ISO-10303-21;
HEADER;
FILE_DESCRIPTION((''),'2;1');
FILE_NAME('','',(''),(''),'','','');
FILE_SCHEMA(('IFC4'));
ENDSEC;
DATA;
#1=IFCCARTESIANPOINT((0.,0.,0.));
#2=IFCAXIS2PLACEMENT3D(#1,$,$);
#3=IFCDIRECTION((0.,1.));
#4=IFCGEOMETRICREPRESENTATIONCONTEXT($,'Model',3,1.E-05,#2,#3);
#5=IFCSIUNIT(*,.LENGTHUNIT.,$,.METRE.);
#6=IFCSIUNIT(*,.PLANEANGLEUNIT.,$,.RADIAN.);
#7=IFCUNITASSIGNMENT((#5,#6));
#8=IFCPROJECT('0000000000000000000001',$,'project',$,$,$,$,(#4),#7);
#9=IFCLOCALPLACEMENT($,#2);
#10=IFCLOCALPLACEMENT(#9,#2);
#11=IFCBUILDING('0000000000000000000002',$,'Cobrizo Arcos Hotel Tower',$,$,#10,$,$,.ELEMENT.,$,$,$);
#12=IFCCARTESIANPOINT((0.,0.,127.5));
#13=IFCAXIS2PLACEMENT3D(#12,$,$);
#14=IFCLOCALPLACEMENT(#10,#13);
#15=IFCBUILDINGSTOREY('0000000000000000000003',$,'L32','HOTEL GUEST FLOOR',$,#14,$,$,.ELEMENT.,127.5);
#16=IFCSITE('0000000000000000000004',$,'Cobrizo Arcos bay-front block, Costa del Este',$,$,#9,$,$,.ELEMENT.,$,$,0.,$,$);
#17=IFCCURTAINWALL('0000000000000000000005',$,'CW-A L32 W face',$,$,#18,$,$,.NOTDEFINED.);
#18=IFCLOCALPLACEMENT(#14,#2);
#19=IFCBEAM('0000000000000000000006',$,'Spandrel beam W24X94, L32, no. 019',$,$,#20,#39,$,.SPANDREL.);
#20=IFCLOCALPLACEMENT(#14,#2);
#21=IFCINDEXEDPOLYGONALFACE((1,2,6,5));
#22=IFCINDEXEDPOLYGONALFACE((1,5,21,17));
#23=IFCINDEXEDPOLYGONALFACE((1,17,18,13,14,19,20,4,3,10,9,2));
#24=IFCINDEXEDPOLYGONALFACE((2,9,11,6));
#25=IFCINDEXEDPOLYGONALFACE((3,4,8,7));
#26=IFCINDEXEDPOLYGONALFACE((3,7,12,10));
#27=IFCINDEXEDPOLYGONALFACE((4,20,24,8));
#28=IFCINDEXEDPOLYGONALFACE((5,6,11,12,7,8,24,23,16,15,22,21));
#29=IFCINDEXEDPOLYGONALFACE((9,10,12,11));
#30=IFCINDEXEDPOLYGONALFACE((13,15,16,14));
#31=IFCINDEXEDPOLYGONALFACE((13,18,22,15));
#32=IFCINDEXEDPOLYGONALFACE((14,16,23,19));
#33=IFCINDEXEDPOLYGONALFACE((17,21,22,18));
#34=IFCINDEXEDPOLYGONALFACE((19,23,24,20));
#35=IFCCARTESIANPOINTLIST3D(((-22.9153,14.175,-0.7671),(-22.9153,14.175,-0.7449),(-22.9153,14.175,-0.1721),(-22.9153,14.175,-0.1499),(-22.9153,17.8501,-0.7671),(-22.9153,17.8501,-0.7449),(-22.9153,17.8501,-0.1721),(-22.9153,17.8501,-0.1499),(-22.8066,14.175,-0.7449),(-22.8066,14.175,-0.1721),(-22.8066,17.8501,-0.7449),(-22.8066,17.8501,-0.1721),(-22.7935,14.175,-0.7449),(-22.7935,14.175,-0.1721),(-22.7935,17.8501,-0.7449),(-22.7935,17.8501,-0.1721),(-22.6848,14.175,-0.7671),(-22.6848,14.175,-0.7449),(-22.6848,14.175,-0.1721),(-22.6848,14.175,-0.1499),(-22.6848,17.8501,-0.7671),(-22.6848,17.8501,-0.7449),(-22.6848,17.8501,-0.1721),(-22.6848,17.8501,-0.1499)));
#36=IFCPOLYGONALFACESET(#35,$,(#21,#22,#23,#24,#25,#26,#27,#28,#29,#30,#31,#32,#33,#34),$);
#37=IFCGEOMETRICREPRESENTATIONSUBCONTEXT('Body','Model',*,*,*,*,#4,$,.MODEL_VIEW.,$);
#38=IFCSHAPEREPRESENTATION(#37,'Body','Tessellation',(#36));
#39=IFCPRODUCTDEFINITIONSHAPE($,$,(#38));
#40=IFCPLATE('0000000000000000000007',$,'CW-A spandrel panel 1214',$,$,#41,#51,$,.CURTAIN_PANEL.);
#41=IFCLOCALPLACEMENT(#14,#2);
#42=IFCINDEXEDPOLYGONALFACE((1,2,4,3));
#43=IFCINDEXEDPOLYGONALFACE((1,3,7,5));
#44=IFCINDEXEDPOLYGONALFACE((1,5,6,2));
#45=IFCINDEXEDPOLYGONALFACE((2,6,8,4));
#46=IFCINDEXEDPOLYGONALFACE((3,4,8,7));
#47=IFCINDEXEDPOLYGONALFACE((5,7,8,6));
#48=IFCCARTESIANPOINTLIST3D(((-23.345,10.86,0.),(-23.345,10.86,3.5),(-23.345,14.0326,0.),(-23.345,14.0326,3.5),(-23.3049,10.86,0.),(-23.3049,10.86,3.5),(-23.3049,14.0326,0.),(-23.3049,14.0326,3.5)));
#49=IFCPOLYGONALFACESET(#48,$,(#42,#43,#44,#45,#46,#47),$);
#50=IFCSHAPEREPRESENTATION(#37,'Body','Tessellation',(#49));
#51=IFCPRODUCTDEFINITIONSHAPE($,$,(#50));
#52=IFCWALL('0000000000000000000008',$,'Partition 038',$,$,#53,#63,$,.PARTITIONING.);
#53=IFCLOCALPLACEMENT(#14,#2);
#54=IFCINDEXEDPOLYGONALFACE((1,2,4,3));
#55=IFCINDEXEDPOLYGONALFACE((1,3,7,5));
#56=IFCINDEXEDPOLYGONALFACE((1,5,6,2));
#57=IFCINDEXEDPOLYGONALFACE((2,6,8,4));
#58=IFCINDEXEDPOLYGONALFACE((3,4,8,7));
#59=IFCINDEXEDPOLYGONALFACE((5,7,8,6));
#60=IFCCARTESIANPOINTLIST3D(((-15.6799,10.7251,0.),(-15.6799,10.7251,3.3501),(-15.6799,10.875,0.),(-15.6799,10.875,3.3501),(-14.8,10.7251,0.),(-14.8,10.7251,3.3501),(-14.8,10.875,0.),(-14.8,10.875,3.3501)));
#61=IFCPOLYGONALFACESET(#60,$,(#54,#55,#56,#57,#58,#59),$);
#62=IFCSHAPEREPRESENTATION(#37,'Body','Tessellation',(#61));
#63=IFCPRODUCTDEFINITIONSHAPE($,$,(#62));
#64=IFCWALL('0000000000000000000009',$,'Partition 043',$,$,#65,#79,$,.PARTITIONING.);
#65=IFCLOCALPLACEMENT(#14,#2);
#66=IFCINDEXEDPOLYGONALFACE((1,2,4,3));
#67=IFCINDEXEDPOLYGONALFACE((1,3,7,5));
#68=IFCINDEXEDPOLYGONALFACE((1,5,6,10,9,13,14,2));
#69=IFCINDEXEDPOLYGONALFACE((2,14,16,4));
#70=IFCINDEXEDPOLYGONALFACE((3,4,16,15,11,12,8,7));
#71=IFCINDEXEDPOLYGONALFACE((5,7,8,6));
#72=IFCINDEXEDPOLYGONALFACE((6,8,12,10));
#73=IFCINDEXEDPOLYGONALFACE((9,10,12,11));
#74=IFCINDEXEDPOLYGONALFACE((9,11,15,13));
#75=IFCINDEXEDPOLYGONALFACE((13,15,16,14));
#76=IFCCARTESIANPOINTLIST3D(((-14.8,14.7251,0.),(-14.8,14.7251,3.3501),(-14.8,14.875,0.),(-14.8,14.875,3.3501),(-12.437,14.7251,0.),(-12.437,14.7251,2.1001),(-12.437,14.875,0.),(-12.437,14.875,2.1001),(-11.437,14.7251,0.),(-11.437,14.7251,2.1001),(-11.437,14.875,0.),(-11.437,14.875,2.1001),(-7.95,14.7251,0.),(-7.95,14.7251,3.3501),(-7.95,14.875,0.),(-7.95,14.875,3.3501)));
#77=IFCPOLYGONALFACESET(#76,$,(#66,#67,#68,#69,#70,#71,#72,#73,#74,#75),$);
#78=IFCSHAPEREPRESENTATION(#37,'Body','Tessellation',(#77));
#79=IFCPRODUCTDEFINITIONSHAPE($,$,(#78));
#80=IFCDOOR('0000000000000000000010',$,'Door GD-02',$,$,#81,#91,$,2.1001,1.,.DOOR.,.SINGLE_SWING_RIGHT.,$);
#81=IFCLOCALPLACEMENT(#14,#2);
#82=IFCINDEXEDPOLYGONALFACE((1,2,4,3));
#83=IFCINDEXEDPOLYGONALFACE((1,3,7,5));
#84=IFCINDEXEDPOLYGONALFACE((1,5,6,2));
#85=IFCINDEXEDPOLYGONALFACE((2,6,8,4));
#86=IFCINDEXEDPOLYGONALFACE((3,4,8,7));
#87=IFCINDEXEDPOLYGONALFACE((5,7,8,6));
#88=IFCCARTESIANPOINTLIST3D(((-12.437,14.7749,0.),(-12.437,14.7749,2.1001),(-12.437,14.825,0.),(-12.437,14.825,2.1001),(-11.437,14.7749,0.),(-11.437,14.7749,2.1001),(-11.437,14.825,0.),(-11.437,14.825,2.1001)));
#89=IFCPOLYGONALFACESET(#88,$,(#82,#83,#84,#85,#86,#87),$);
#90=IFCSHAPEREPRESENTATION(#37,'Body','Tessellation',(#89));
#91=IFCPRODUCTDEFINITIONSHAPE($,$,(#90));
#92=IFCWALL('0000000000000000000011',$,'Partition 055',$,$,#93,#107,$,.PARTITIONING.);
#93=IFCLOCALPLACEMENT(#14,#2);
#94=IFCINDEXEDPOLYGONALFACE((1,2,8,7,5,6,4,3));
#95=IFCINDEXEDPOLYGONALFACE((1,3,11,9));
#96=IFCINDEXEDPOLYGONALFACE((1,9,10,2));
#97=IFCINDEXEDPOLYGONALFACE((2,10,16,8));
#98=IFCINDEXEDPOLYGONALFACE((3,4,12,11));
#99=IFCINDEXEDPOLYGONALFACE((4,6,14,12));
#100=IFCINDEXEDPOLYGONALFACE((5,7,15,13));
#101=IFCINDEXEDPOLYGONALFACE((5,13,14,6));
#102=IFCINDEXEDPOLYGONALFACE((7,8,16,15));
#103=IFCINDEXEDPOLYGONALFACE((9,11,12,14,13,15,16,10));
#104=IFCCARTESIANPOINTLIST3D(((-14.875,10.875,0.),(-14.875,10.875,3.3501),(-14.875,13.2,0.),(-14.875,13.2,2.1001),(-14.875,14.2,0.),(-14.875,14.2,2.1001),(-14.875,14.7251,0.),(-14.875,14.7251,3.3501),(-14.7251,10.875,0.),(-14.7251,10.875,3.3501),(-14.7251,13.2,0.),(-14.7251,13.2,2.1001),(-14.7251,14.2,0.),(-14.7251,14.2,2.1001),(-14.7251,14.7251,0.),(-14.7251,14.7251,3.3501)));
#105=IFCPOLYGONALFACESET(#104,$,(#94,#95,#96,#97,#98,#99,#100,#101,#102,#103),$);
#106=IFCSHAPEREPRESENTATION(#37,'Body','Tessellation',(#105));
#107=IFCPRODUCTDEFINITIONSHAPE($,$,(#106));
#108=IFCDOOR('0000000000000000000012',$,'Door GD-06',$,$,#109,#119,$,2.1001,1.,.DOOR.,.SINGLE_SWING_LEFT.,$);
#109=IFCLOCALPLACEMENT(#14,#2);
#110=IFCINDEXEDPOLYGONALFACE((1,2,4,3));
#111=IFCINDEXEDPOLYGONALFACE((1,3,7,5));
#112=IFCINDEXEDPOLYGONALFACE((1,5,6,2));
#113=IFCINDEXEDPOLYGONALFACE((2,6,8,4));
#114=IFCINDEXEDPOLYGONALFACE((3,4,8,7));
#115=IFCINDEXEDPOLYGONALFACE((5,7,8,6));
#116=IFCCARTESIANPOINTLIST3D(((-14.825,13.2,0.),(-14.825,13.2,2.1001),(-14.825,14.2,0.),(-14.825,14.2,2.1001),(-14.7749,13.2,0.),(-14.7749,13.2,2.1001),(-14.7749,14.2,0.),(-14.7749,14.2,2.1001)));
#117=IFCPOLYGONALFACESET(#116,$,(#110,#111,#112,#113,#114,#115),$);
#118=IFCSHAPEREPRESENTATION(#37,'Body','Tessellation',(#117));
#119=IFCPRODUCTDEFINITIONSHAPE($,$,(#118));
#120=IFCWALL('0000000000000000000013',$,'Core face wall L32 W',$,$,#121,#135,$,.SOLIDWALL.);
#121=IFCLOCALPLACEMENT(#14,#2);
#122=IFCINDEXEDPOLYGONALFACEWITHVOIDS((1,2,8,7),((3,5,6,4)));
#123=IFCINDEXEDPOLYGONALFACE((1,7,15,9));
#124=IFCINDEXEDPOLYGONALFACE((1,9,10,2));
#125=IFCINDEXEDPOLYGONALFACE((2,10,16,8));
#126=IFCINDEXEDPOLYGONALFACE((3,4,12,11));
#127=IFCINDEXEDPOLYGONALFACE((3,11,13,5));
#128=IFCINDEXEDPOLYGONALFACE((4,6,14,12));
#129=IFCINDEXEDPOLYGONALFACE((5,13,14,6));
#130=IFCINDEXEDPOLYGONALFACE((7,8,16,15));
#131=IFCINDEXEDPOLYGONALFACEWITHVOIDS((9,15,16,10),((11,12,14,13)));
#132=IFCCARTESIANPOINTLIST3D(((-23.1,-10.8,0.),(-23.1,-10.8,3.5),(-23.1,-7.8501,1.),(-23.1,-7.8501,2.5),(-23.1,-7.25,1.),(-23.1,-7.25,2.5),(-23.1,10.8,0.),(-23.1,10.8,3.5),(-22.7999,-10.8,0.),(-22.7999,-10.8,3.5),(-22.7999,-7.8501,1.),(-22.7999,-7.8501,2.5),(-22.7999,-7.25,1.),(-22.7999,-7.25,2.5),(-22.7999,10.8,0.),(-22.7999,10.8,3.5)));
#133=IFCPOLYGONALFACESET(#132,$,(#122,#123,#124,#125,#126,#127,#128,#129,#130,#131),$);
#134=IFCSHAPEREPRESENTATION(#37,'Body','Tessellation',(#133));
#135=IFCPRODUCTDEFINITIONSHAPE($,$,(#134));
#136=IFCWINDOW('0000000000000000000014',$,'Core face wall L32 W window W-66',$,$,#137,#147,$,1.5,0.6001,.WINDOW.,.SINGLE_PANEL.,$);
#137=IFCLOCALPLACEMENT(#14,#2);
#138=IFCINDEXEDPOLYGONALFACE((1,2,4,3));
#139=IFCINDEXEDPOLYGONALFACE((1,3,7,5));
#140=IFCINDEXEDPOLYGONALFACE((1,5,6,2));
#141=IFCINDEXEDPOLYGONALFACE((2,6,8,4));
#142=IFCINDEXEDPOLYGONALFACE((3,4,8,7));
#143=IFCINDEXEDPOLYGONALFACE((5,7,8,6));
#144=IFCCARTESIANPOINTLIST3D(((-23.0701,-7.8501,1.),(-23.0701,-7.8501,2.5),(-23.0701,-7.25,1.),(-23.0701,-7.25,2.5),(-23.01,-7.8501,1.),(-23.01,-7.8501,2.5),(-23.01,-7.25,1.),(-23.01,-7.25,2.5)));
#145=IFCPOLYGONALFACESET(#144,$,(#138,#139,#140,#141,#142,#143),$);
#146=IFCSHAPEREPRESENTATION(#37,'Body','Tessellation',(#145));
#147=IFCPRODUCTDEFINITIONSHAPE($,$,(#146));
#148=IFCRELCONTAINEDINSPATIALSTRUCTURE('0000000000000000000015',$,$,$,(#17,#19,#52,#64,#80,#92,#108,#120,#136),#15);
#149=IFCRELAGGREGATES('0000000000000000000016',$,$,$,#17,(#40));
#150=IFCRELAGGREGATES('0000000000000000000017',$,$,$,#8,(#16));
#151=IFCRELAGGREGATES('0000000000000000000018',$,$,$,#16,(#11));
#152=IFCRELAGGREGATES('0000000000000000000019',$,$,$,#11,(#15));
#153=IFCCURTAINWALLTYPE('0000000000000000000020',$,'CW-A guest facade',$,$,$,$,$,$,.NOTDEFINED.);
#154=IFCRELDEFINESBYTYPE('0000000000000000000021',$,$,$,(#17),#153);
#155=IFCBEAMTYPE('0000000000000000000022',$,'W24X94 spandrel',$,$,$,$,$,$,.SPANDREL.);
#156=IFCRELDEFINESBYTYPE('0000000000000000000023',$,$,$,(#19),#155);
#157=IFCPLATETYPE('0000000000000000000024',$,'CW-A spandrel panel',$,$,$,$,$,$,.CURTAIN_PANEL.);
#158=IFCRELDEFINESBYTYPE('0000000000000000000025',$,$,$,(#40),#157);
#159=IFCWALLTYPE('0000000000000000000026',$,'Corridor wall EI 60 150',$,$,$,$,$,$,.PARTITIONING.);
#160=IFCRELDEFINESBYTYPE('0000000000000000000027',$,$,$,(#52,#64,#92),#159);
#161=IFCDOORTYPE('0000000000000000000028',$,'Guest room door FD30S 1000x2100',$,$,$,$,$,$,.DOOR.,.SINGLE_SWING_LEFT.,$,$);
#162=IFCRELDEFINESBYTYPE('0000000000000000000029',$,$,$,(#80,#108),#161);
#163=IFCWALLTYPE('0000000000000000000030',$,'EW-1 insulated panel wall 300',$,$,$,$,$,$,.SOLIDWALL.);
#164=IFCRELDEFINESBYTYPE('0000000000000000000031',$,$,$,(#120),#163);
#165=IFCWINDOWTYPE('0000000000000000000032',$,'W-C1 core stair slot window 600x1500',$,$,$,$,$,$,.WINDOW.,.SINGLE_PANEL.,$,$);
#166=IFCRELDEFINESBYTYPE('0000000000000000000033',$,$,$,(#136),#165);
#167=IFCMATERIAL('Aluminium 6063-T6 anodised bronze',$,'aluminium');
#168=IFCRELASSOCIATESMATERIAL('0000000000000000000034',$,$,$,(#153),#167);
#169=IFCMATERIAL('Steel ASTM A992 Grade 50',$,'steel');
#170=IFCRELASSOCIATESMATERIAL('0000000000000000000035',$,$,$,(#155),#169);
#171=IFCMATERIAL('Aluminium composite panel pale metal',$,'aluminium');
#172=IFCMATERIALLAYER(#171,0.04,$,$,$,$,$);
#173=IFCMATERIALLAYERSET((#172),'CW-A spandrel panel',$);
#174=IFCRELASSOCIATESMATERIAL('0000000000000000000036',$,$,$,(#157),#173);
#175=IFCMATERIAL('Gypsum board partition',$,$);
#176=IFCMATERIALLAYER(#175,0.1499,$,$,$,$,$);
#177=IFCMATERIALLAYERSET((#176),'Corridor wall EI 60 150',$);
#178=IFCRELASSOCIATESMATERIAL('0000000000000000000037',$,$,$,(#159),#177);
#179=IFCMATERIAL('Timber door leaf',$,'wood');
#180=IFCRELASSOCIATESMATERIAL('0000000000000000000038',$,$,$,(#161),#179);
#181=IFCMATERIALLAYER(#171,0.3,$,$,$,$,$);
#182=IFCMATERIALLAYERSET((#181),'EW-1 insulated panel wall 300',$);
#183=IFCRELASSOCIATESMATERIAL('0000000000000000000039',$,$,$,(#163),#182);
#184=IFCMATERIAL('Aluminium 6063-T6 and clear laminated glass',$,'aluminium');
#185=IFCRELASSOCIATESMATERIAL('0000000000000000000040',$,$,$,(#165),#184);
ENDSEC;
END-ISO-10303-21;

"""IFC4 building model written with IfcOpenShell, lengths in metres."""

from ifc_helpers import new_model, si_unit, direction, frame, frame_2d, origin, origin_2d, place, context, subcontext, project, spatial, rectangle, i_section, extrude, material, layer, layer_set, material_profile, profile_set, type_object, element, fill, aggregate, save


model = new_model("IFC4")

# Units and contexts
model_context = context("Model", 3, precision=1e-05, world=origin(), true_north=direction((0.0, 1.0)))
body_context = subcontext(model_context, "Body", "Model", "MODEL_VIEW")
ifc_project = project(units=[si_unit("LENGTHUNIT", "METRE"), si_unit("PLANEANGLEUNIT", "RADIAN")], contexts=[model_context])

# Site, building, storey
site_placement = place(None, origin())
site = spatial("IfcSite", under=ifc_project, at=site_placement, Name="Cobrizo Arcos bay-front block, Costa del Este", CompositionType="ELEMENT", RefElevation=0.0)
building_placement = place(site_placement, origin())
building = spatial("IfcBuilding", under=site, at=building_placement, Name="Cobrizo Arcos Hotel Tower", CompositionType="ELEMENT")
storey_placement = place(building_placement, frame((0.0, 0.0, 127.5)))
storey = spatial("IfcBuildingStorey", under=building, at=storey_placement, Name="L32", Description="HOTEL GUEST FLOOR", CompositionType="ELEMENT", Elevation=127.5)

# Curtain wall
ifc_material_1 = material(Name="Aluminium 6063-T6 anodised bronze", Category="aluminium")
curtain_wall_type = type_object("IfcCurtainWallType", Name="CW-A guest facade", PredefinedType="NOTDEFINED", material=ifc_material_1)
curtain_wall_placement = place(storey_placement, origin())
curtain_wall = element("IfcCurtainWall", 1, at=curtain_wall_placement, inside=storey, type_object=curtain_wall_type, Name="CW-A L32 W face", PredefinedType="NOTDEFINED")

# Beam
ifc_material_2 = material(Name="Steel ASTM A992 Grade 50", Category="steel")
ifc_material_profile_1 = material_profile(ifc_material_2, i_section(OverallWidth=0.2305, OverallDepth=0.6172, WebThickness=0.0132, FlangeThickness=0.0222, at=origin_2d()), Name="W24X94")
ifc_profile_set_1 = profile_set([ifc_material_profile_1], Name="Steel ASTM A992 Grade 50")
beam_type_1 = type_object("IfcBeamType", Name="W24X94 spandrel", PredefinedType="SPANDREL", material=ifc_profile_set_1)
beam_1_placement = place(storey_placement, frame((-22.8, 14.175, -0.4585), z_axis=(0.0, 1.0, 0.0), x_axis=(-1.0, 0.0, 0.0)))
element("IfcBeam", 2, at=beam_1_placement, inside=storey, type_object=beam_type_1, Name="Spandrel beam W24X94, L32, no. 019", PredefinedType="SPANDREL", context=body_context, shape_type="SweptSolid", body=[
    extrude(i_section(OverallWidth=0.2305, OverallDepth=0.6172, WebThickness=0.0132, FlangeThickness=0.0222, at=origin_2d()), origin(), (0.0, 0.0, 1.0), 3.675),
])

# Plate
ifc_material_3 = material(Name="Aluminium composite panel pale metal", Category="aluminium")
ifc_layer_1 = layer(ifc_material_3, 0.04)
ifc_layer_set_1 = layer_set([ifc_layer_1], Name="CW-A spandrel panel")
plate_type = type_object("IfcPlateType", Name="CW-A spandrel panel", PredefinedType="CURTAIN_PANEL", material=ifc_layer_set_1)
plate_placement = place(storey_placement, frame((-23.325, 12.4463, 0.0), z_axis=(0.0, 0.0, 1.0), x_axis=(0.0, -1.0, 0.0)))
plate = element("IfcPlate", 3, at=plate_placement, type_object=plate_type, Name="CW-A spandrel panel 1214", PredefinedType="CURTAIN_PANEL", context=body_context, shape_type="SweptSolid", body=[
    extrude(rectangle(XDim=3.1726, YDim=0.04, at=origin_2d()), origin(), (0.0, 0.0, 1.0), 3.5),
])
aggregate(curtain_wall, [plate])

# Wall
ifc_material_4 = material(Name="Gypsum board partition")
ifc_layer_2 = layer(ifc_material_4, 0.1499)
ifc_layer_set_2 = layer_set([ifc_layer_2], Name="Corridor wall EI 60 150")
wall_type_1 = type_object("IfcWallType", Name="Corridor wall EI 60 150", PredefinedType="PARTITIONING", material=ifc_layer_set_2)
wall_1_placement = place(storey_placement, frame((-15.6799, 10.8, 0.0), z_axis=(0.0, 0.0, 1.0), x_axis=(1.0, 0.0, 0.0)))
element("IfcWall", 4, at=wall_1_placement, inside=storey, type_object=wall_type_1, Name="Partition 038", PredefinedType="PARTITIONING", context=body_context, shape_type="SweptSolid", body=[
    extrude(rectangle(XDim=0.8799, YDim=0.1499, at=frame_2d((0.4399, 0.0))), origin(), (0.0, 0.0, 1.0), 3.3501),
])

# Walls, openings, doors
wall_2_placement = place(storey_placement, frame((-14.8, 14.8, 0.0), z_axis=(0.0, 0.0, 1.0), x_axis=(1.0, 0.0, 0.0)))
wall_2 = element("IfcWall", 5, at=wall_2_placement, inside=storey, type_object=wall_type_1, Name="Partition 043", PredefinedType="PARTITIONING", context=body_context, shape_type="SweptSolid", body=[
    extrude(rectangle(XDim=6.8501, YDim=0.1499, at=frame_2d((3.425, 0.0))), origin(), (0.0, 0.0, 1.0), 3.3501),
])
opening_1_placement = place(wall_2_placement, frame((2.363, 0.0, 0.0)))
opening_1 = element("IfcOpeningElement", 6, at=opening_1_placement, cuts=wall_2, PredefinedType="OPENING", context=body_context, shape_type="SweptSolid", body=[
    extrude(rectangle(XDim=1.0, YDim=2.1001, at=frame_2d((0.5, 1.05))), frame((0.0, 0.0869, 0.0), z_axis=(0.0, -1.0, 0.0), x_axis=(1.0, 0.0, 0.0)), (0.0, 0.0, 1.0), 0.1738),
])
ifc_material_5 = material(Name="Timber door leaf", Category="wood")
door_type_1 = type_object("IfcDoorType", Name="Guest room door FD30S 1000x2100", OperationType="SINGLE_SWING_LEFT", PredefinedType="DOOR", material=ifc_material_5)
door_1_placement = place(opening_1_placement, origin())
door_1 = element("IfcDoor", 7, at=door_1_placement, inside=storey, type_object=door_type_1, Name="Door GD-02", OperationType="SINGLE_SWING_RIGHT", OverallHeight=2.1001, OverallWidth=1.0, PredefinedType="DOOR", context=body_context, shape_type="SweptSolid", body=[
    extrude(rectangle(XDim=1.0, YDim=2.1001, at=frame_2d((0.5, 1.05))), frame((0.0, 0.0249, 0.0), z_axis=(0.0, -1.0, 0.0), x_axis=(1.0, 0.0, 0.0)), (0.0, 0.0, 1.0), 0.05),
])
fill(opening_1, door_1)
wall_3_placement = place(storey_placement, frame((-14.8, 10.875, 0.0), z_axis=(0.0, 0.0, 1.0), x_axis=(0.0, 1.0, 0.0)))
wall_3 = element("IfcWall", 8, at=wall_3_placement, inside=storey, type_object=wall_type_1, Name="Partition 055", PredefinedType="PARTITIONING", context=body_context, shape_type="SweptSolid", body=[
    extrude(rectangle(XDim=3.8501, YDim=0.1499, at=frame_2d((1.925, 0.0))), origin(), (0.0, 0.0, 1.0), 3.3501),
])
opening_2_placement = place(wall_3_placement, frame((2.325, 0.0, 0.0)))
opening_2 = element("IfcOpeningElement", 9, at=opening_2_placement, cuts=wall_3, PredefinedType="OPENING", context=body_context, shape_type="SweptSolid", body=[
    extrude(rectangle(XDim=1.0, YDim=2.1001, at=frame_2d((0.5, 1.05))), frame((0.0, 0.0869, 0.0), z_axis=(0.0, -1.0, 0.0), x_axis=(1.0, 0.0, 0.0)), (0.0, 0.0, 1.0), 0.1738),
])
door_2_placement = place(opening_2_placement, origin())
door_2 = element("IfcDoor", 10, at=door_2_placement, inside=storey, type_object=door_type_1, Name="Door GD-06", OperationType="SINGLE_SWING_LEFT", OverallHeight=2.1001, OverallWidth=1.0, PredefinedType="DOOR", context=body_context, shape_type="SweptSolid", body=[
    extrude(rectangle(XDim=1.0, YDim=2.1001, at=frame_2d((0.5, 1.05))), frame((0.0, 0.0249, 0.0), z_axis=(0.0, -1.0, 0.0), x_axis=(1.0, 0.0, 0.0)), (0.0, 0.0, 1.0), 0.05),
])
fill(opening_2, door_2)

# Wall, opening, window
ifc_layer_3 = layer(ifc_material_3, 0.3)
ifc_layer_set_3 = layer_set([ifc_layer_3], Name="EW-1 insulated panel wall 300")
wall_type_2 = type_object("IfcWallType", Name="EW-1 insulated panel wall 300", PredefinedType="SOLIDWALL", material=ifc_layer_set_3)
wall_4_placement = place(storey_placement, frame((-22.95, 10.8, 0.0), z_axis=(0.0, 0.0, 1.0), x_axis=(0.0, -1.0, 0.0)))
wall_4 = element("IfcWall", 11, at=wall_4_placement, inside=storey, type_object=wall_type_2, Name="Core face wall L32 W", PredefinedType="SOLIDWALL", context=body_context, shape_type="SweptSolid", body=[
    extrude(rectangle(XDim=21.6001, YDim=0.3, at=frame_2d((10.8, 0.0))), origin(), (0.0, 0.0, 1.0), 3.5),
])
opening_3_placement = place(wall_4_placement, frame((18.05, 0.0, 1.0)))
opening_3 = element("IfcOpeningElement", 12, at=opening_3_placement, cuts=wall_4, PredefinedType="OPENING", context=body_context, shape_type="SweptSolid", body=[
    extrude(rectangle(XDim=0.6001, YDim=1.5, at=frame_2d((0.3, 0.75))), frame((0.0, 0.1621, 0.0), z_axis=(0.0, -1.0, 0.0), x_axis=(1.0, 0.0, 0.0)), (0.0, 0.0, 1.0), 0.324),
])
ifc_material_6 = material(Name="Aluminium 6063-T6 and clear laminated glass", Category="aluminium")
window_type = type_object("IfcWindowType", Name="W-C1 core stair slot window 600x1500", PartitioningType="SINGLE_PANEL", PredefinedType="WINDOW", material=ifc_material_6)
window_placement = place(opening_3_placement, origin())
window = element("IfcWindow", 13, at=window_placement, inside=storey, type_object=window_type, Name="Core face wall L32 W window W-66", OverallHeight=1.5, OverallWidth=0.6001, PartitioningType="SINGLE_PANEL", PredefinedType="WINDOW", context=body_context, shape_type="SweptSolid", body=[
    extrude(rectangle(XDim=0.6001, YDim=1.5, at=frame_2d((0.3, 0.75))), frame((0.0, -0.0601, 0.0), z_axis=(0.0, -1.0, 0.0), x_axis=(1.0, 0.0, 0.0)), (0.0, 0.0, 1.0), 0.0601),
])
fill(opening_3, window)

save(model, "model.ifc")
